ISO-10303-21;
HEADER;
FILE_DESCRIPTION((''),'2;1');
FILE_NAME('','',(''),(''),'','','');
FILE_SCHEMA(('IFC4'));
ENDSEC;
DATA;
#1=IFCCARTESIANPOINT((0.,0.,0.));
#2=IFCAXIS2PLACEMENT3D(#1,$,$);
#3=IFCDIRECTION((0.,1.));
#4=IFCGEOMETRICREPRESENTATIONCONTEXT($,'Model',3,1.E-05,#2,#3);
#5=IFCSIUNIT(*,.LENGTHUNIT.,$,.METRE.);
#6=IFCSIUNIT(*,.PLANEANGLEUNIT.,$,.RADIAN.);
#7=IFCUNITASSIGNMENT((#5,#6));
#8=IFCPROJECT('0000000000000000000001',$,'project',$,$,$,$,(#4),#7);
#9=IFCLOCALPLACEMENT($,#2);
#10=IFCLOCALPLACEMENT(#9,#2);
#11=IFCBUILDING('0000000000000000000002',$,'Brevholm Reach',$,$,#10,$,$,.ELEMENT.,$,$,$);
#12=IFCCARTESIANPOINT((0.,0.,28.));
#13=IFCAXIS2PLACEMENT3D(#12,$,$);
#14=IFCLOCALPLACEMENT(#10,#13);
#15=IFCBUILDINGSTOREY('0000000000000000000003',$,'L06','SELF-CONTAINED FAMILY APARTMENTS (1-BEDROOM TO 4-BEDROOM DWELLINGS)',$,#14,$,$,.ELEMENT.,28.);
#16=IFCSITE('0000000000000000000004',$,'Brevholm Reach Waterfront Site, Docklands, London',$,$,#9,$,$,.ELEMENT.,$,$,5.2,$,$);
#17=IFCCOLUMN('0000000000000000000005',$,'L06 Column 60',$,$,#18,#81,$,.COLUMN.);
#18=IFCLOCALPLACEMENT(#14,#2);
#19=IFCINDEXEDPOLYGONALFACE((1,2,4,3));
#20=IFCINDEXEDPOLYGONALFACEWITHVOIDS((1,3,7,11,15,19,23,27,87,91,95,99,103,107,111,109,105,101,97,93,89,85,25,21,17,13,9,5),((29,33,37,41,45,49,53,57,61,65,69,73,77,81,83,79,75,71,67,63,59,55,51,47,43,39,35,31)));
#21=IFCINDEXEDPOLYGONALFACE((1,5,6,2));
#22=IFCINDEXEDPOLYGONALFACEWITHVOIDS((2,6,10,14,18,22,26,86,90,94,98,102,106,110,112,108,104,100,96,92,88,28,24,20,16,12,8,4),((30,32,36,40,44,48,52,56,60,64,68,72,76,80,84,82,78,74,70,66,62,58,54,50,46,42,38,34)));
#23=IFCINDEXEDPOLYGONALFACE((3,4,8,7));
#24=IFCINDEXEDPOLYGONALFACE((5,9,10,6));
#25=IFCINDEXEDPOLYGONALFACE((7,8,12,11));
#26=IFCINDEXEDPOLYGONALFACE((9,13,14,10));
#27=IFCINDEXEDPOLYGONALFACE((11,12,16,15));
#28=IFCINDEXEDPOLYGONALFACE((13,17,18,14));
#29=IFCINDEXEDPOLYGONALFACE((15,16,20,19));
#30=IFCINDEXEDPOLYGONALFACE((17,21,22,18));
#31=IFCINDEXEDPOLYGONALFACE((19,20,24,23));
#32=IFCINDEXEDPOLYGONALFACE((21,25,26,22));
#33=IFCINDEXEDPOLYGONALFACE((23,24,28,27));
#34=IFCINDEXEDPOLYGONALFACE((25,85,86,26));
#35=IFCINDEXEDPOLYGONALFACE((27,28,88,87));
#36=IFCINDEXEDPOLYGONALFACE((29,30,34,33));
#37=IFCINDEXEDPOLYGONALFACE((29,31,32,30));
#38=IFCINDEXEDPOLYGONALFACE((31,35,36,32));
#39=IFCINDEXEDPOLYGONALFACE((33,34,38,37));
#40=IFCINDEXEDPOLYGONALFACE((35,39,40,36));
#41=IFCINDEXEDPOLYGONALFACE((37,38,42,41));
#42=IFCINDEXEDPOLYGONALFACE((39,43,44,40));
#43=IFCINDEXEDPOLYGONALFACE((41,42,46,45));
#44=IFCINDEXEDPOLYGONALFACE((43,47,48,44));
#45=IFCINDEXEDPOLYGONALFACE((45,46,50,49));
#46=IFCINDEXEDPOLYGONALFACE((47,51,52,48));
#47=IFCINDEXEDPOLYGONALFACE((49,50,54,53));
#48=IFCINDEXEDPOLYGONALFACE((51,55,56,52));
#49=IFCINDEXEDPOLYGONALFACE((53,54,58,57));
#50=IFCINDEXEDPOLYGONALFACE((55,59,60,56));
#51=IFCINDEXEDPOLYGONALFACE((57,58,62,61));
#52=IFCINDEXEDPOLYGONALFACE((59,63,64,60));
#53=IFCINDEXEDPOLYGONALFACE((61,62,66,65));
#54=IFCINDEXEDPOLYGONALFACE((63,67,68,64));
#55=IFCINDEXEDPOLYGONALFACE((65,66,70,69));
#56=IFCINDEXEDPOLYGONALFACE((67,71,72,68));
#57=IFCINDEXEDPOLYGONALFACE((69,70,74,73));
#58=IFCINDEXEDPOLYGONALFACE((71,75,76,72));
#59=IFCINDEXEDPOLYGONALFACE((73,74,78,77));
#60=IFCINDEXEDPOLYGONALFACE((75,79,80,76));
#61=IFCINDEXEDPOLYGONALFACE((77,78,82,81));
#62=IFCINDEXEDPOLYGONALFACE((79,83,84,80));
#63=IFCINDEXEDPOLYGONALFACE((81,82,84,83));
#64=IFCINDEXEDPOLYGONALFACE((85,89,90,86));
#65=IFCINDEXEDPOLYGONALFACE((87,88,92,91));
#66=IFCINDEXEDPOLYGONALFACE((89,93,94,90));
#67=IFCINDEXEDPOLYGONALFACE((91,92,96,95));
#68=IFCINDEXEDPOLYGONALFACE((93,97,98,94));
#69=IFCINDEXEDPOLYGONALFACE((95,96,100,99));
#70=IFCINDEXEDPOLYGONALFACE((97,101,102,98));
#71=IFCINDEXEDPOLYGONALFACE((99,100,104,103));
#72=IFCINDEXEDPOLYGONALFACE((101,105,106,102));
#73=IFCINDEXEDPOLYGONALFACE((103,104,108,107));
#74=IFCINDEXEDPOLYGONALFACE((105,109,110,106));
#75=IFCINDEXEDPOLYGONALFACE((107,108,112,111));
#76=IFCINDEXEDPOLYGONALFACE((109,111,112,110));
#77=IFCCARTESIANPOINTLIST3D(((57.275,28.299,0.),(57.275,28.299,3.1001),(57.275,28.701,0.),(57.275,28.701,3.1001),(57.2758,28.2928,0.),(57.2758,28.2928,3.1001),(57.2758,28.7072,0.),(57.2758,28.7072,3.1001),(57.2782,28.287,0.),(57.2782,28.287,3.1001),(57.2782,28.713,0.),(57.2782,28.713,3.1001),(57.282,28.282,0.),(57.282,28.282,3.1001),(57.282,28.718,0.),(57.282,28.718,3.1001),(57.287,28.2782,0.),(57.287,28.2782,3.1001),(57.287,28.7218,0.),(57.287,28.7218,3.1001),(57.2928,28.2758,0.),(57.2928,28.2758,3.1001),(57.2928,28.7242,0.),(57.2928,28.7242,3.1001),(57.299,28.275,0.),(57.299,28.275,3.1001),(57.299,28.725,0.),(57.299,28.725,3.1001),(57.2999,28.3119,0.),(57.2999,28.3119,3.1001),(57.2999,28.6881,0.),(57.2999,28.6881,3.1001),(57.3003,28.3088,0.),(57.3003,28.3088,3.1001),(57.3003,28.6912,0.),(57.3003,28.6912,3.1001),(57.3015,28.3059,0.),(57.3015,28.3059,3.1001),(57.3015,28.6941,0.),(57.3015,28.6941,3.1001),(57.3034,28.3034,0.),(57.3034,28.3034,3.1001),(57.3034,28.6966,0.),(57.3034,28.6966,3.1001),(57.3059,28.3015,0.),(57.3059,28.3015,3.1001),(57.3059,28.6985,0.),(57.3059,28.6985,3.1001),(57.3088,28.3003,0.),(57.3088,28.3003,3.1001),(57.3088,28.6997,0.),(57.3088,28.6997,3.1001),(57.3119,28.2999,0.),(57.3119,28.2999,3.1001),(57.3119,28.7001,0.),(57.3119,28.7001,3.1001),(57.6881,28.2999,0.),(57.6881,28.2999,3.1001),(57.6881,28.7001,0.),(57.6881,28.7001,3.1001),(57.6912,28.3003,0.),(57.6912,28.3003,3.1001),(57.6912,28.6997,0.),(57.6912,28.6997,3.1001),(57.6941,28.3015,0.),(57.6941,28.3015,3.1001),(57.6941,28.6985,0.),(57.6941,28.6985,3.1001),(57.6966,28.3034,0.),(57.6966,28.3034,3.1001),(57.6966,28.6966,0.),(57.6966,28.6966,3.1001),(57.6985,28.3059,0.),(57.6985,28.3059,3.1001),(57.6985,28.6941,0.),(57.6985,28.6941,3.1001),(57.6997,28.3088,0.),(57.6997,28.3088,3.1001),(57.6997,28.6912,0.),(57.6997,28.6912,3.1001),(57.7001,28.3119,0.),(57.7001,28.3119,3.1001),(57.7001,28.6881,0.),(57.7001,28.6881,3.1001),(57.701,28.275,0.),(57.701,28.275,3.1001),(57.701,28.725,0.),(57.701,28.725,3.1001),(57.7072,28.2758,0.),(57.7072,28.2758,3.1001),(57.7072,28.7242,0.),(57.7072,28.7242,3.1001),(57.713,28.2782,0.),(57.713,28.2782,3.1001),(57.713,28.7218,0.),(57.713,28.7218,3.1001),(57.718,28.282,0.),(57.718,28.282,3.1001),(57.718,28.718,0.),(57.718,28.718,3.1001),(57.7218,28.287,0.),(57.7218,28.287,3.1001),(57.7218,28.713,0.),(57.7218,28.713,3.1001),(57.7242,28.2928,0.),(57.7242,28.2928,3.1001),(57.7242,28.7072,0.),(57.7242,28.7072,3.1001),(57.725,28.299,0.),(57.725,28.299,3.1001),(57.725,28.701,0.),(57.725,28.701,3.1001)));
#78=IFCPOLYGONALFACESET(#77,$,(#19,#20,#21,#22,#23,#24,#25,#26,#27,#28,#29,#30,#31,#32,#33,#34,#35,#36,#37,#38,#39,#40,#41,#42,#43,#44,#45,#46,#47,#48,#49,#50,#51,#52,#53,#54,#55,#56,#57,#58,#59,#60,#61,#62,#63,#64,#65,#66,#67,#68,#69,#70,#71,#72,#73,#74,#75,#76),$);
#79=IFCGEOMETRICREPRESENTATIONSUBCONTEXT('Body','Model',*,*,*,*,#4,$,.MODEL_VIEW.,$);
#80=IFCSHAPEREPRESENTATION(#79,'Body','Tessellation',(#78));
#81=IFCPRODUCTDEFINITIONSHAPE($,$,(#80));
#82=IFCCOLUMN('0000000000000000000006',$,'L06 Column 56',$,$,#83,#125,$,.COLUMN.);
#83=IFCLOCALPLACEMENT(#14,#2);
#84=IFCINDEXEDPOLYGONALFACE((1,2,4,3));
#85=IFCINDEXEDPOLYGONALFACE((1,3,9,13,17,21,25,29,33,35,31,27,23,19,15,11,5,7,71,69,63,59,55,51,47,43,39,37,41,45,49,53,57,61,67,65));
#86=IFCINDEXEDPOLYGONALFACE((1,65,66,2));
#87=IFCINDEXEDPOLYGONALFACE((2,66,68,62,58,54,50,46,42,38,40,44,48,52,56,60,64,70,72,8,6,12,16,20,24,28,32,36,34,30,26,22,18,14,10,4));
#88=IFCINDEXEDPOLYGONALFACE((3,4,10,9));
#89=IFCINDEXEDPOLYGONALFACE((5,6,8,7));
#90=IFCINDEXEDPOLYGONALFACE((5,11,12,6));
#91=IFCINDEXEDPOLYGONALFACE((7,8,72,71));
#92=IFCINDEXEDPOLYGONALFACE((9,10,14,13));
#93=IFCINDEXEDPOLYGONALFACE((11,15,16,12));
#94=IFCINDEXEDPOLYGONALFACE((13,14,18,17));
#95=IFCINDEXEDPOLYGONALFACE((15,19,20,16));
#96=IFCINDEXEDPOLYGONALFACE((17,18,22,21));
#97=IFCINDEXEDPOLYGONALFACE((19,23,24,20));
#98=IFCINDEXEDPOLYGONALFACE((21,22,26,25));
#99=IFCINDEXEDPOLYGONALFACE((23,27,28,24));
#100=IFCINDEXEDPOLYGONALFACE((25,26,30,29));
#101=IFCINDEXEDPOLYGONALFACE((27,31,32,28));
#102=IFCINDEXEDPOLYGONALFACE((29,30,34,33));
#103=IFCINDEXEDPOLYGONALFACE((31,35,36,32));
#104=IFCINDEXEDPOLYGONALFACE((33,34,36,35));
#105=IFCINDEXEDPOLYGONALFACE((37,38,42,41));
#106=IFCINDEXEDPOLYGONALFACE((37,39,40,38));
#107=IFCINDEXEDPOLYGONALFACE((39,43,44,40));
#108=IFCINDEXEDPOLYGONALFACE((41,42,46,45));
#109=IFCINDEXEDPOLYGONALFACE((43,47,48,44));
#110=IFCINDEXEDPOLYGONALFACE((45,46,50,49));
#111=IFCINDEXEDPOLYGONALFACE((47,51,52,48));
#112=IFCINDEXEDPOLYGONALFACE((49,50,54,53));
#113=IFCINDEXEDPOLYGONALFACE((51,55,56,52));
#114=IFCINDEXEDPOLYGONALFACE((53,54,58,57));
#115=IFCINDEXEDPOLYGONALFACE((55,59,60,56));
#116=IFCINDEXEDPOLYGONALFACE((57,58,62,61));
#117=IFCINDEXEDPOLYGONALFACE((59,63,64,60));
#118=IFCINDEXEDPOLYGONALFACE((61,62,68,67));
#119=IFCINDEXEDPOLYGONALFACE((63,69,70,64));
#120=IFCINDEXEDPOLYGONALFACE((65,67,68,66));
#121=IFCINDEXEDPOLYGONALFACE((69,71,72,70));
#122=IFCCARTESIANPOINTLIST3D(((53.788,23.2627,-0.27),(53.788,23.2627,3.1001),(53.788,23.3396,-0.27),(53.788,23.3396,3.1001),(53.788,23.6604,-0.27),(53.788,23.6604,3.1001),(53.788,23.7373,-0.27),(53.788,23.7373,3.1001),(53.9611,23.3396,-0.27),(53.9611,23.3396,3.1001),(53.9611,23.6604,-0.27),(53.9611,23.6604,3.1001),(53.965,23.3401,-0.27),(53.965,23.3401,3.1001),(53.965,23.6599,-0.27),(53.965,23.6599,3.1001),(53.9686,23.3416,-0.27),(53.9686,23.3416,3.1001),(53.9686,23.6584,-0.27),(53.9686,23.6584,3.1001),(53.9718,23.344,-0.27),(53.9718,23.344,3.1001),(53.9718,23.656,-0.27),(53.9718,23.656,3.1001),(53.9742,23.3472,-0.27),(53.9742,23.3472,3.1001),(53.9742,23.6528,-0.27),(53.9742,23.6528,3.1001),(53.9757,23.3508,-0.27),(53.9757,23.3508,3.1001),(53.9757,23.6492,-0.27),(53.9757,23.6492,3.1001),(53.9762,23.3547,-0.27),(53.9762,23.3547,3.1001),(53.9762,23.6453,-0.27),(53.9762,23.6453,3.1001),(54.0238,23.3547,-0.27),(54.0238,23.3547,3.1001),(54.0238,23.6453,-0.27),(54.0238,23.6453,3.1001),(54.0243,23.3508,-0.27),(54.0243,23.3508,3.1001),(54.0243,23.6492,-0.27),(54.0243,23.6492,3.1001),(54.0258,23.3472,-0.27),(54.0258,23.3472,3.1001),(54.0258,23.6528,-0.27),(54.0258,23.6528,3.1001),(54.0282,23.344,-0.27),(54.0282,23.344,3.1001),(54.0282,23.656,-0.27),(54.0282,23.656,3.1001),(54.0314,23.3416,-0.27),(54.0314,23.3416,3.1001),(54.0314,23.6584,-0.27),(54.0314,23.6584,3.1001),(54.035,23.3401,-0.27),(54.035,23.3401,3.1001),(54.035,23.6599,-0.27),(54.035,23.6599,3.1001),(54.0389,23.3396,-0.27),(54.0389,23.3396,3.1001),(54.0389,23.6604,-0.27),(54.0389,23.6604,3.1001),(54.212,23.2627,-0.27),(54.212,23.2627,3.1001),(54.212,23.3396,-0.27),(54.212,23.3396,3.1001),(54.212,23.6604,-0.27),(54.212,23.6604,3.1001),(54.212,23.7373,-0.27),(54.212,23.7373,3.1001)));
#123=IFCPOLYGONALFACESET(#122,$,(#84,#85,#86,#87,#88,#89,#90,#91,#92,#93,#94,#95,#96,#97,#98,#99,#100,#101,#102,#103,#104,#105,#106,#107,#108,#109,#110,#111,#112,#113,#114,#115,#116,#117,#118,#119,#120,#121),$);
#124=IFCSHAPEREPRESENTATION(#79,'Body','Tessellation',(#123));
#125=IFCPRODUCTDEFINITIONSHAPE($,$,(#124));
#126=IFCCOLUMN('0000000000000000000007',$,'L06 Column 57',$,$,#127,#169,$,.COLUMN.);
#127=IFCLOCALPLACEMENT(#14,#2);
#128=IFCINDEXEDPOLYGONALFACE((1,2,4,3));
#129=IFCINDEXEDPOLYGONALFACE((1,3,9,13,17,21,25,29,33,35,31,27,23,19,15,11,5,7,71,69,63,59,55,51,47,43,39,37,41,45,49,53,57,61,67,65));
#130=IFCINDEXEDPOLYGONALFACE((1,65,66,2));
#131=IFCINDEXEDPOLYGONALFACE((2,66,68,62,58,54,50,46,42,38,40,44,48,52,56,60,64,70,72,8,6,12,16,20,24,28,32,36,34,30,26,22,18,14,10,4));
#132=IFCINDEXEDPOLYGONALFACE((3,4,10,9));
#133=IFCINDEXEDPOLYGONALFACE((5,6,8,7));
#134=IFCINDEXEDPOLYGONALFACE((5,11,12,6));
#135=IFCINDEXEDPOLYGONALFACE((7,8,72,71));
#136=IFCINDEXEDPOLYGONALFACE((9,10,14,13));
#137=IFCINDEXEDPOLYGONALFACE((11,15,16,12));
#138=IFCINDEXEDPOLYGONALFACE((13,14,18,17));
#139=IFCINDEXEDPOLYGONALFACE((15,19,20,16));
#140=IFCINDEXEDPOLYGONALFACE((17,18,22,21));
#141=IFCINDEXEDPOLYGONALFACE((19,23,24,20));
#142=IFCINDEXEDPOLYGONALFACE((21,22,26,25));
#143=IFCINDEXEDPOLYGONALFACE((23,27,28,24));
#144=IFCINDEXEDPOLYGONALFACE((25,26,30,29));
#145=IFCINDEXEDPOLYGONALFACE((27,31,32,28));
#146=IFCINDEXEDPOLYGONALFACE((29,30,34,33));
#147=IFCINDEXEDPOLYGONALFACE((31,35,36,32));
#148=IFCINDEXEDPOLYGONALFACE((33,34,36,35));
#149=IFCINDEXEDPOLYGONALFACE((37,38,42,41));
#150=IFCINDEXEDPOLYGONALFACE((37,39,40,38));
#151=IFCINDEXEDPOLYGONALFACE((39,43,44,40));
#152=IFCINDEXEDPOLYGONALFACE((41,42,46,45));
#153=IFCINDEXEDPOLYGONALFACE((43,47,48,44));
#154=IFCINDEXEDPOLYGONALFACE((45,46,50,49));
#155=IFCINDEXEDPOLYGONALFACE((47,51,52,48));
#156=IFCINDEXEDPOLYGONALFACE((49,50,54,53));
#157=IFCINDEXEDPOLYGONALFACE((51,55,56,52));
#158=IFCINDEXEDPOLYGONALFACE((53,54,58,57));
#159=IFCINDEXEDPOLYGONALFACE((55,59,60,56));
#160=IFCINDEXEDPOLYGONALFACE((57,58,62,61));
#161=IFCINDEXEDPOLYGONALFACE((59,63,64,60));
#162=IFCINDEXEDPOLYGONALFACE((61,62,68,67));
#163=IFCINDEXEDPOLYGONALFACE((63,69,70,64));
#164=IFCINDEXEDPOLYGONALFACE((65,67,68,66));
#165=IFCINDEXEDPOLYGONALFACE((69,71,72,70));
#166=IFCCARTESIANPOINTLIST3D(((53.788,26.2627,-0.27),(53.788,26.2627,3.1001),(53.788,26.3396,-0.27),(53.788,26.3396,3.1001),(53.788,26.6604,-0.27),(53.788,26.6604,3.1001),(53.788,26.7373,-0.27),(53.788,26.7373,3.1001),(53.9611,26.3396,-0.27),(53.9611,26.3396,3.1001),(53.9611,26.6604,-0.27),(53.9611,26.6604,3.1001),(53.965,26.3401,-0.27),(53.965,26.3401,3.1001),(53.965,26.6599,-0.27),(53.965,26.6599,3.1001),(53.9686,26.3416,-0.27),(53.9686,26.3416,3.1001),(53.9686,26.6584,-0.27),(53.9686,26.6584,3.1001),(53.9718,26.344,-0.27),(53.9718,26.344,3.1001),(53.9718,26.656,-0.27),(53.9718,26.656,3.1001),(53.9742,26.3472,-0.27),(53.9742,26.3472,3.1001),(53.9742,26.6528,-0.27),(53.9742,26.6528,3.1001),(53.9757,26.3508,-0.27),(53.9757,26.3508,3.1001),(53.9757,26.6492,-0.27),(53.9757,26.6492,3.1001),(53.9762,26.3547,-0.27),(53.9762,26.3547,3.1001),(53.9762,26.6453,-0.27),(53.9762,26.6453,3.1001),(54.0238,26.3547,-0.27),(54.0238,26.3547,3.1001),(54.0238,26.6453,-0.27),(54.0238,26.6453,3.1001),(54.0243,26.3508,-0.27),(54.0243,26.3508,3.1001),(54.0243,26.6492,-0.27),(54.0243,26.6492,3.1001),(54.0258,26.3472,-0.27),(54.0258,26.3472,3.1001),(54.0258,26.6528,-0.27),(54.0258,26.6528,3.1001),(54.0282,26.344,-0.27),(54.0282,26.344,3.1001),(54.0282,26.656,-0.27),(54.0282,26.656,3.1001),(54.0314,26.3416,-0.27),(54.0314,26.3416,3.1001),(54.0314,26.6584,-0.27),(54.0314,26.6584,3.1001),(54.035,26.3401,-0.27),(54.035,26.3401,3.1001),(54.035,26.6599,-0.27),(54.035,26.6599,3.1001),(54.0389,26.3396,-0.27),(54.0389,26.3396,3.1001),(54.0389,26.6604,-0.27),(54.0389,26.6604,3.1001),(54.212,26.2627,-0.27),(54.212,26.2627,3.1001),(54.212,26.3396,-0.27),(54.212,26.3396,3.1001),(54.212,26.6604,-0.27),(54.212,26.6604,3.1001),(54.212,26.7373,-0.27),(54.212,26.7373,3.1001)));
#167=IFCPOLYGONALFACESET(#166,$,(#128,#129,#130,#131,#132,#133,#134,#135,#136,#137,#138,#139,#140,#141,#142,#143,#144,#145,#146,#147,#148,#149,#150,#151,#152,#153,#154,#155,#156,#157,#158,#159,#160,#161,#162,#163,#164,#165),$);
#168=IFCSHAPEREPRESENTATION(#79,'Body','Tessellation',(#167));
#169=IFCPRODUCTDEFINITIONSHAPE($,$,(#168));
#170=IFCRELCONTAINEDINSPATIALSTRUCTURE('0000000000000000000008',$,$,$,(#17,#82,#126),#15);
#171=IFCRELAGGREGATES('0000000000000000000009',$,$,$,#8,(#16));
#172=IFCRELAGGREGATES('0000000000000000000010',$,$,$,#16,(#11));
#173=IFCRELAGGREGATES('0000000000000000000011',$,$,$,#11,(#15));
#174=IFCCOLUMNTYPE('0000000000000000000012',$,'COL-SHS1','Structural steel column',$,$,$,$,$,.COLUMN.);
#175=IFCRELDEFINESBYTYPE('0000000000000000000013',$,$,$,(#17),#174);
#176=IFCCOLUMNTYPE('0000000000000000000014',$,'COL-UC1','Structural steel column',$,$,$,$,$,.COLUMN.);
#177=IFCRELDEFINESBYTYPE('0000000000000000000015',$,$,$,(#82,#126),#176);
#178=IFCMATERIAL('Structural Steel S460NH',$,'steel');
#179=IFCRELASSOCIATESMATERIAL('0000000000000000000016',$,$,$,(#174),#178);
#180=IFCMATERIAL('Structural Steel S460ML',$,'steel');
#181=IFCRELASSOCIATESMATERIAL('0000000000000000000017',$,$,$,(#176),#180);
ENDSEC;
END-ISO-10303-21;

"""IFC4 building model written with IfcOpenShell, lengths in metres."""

from ifc_helpers import new_model, si_unit, direction, frame, origin, origin_2d, place, context, subcontext, project, spatial, hollow_rectangle, i_section, extrude, material, material_profile, profile_set, type_object, element, save


model = new_model("IFC4")

# Units and contexts
model_context = context("Model", 3, precision=1e-05, world=origin(), true_north=direction((0.0, 1.0)))
body_context = subcontext(model_context, "Body", "Model", "MODEL_VIEW")
ifc_project = project(units=[si_unit("LENGTHUNIT", "METRE"), si_unit("PLANEANGLEUNIT", "RADIAN")], contexts=[model_context])

# Site, building, storey
site_placement = place(None, origin())
site = spatial("IfcSite", under=ifc_project, at=site_placement, Name="Brevholm Reach Waterfront Site, Docklands, London", CompositionType="ELEMENT", RefElevation=5.2)
building_placement = place(site_placement, origin())
building = spatial("IfcBuilding", under=site, at=building_placement, Name="Brevholm Reach", CompositionType="ELEMENT")
storey_placement = place(building_placement, frame((0.0, 0.0, 28.0)))
storey = spatial("IfcBuildingStorey", under=building, at=storey_placement, Name="L06", Description="SELF-CONTAINED FAMILY APARTMENTS (1-BEDROOM TO 4-BEDROOM DWELLINGS)", CompositionType="ELEMENT", Elevation=28.0)

# Columns
ifc_material_1 = material(Name="Structural Steel S460NH", Category="steel")
ifc_material_profile_1 = material_profile(ifc_material_1, hollow_rectangle(XDim=0.45, YDim=0.45, WallThickness=0.0249, InnerFilletRadius=0.012, OuterFilletRadius=0.0239, at=origin_2d()), Name="SHS 450x450x25")
ifc_profile_set_1 = profile_set([ifc_material_profile_1], Name="Structural Steel S460NH")
column_type_1 = type_object("IfcColumnType", Name="COL-SHS1", Description="Structural steel column", PredefinedType="COLUMN", material=ifc_profile_set_1)
column_placement = place(storey_placement, frame((57.5, 28.5, 0.0), z_axis=(0.0, 0.0, 1.0), x_axis=(1.0, 0.0, 0.0)))
element("IfcColumn", 1, at=column_placement, inside=storey, type_object=column_type_1, Name="L06 Column 60", PredefinedType="COLUMN", context=body_context, shape_type="SweptSolid", body=[
    extrude(hollow_rectangle(XDim=0.45, YDim=0.45, WallThickness=0.0249, InnerFilletRadius=0.012, OuterFilletRadius=0.0239, at=origin_2d()), origin(), (0.0, 0.0, 1.0), 3.1001),
])
ifc_material_2 = material(Name="Structural Steel S460ML", Category="steel")
ifc_material_profile_2 = material_profile(ifc_material_2, i_section(OverallWidth=0.4241, OverallDepth=0.4746, WebThickness=0.0476, FlangeThickness=0.0769, FilletRadius=0.0151, at=origin_2d()), Name="UKC 356x406x634")
ifc_profile_set_2 = profile_set([ifc_material_profile_2], Name="Structural Steel S460ML")
column_type_2 = type_object("IfcColumnType", Name="COL-UC1", Description="Structural steel column", PredefinedType="COLUMN", material=ifc_profile_set_2)
for number, where, z_axis, x_axis, name in (
    (2, (54.0, 23.5, -0.27), (0.0, 0.0, 1.0), (1.0, 0.0, 0.0), "L06 Column 56"),
    (3, (54.0, 26.5, -0.27), (0.0, 0.0, 1.0), (1.0, 0.0, 0.0), "L06 Column 57"),
):
    element("IfcColumn", number, at=place(storey_placement, frame(where, z_axis=z_axis, x_axis=x_axis)), inside=storey, type_object=column_type_2, Name=name, PredefinedType="COLUMN", context=body_context, shape_type="SweptSolid", body=[
        extrude(i_section(OverallWidth=0.4241, OverallDepth=0.4746, WebThickness=0.0476, FlangeThickness=0.0769, FilletRadius=0.0151, at=origin_2d()), origin(), (0.0, 0.0, 1.0), 3.3701),
    ])

save(model, "model.ifc")
